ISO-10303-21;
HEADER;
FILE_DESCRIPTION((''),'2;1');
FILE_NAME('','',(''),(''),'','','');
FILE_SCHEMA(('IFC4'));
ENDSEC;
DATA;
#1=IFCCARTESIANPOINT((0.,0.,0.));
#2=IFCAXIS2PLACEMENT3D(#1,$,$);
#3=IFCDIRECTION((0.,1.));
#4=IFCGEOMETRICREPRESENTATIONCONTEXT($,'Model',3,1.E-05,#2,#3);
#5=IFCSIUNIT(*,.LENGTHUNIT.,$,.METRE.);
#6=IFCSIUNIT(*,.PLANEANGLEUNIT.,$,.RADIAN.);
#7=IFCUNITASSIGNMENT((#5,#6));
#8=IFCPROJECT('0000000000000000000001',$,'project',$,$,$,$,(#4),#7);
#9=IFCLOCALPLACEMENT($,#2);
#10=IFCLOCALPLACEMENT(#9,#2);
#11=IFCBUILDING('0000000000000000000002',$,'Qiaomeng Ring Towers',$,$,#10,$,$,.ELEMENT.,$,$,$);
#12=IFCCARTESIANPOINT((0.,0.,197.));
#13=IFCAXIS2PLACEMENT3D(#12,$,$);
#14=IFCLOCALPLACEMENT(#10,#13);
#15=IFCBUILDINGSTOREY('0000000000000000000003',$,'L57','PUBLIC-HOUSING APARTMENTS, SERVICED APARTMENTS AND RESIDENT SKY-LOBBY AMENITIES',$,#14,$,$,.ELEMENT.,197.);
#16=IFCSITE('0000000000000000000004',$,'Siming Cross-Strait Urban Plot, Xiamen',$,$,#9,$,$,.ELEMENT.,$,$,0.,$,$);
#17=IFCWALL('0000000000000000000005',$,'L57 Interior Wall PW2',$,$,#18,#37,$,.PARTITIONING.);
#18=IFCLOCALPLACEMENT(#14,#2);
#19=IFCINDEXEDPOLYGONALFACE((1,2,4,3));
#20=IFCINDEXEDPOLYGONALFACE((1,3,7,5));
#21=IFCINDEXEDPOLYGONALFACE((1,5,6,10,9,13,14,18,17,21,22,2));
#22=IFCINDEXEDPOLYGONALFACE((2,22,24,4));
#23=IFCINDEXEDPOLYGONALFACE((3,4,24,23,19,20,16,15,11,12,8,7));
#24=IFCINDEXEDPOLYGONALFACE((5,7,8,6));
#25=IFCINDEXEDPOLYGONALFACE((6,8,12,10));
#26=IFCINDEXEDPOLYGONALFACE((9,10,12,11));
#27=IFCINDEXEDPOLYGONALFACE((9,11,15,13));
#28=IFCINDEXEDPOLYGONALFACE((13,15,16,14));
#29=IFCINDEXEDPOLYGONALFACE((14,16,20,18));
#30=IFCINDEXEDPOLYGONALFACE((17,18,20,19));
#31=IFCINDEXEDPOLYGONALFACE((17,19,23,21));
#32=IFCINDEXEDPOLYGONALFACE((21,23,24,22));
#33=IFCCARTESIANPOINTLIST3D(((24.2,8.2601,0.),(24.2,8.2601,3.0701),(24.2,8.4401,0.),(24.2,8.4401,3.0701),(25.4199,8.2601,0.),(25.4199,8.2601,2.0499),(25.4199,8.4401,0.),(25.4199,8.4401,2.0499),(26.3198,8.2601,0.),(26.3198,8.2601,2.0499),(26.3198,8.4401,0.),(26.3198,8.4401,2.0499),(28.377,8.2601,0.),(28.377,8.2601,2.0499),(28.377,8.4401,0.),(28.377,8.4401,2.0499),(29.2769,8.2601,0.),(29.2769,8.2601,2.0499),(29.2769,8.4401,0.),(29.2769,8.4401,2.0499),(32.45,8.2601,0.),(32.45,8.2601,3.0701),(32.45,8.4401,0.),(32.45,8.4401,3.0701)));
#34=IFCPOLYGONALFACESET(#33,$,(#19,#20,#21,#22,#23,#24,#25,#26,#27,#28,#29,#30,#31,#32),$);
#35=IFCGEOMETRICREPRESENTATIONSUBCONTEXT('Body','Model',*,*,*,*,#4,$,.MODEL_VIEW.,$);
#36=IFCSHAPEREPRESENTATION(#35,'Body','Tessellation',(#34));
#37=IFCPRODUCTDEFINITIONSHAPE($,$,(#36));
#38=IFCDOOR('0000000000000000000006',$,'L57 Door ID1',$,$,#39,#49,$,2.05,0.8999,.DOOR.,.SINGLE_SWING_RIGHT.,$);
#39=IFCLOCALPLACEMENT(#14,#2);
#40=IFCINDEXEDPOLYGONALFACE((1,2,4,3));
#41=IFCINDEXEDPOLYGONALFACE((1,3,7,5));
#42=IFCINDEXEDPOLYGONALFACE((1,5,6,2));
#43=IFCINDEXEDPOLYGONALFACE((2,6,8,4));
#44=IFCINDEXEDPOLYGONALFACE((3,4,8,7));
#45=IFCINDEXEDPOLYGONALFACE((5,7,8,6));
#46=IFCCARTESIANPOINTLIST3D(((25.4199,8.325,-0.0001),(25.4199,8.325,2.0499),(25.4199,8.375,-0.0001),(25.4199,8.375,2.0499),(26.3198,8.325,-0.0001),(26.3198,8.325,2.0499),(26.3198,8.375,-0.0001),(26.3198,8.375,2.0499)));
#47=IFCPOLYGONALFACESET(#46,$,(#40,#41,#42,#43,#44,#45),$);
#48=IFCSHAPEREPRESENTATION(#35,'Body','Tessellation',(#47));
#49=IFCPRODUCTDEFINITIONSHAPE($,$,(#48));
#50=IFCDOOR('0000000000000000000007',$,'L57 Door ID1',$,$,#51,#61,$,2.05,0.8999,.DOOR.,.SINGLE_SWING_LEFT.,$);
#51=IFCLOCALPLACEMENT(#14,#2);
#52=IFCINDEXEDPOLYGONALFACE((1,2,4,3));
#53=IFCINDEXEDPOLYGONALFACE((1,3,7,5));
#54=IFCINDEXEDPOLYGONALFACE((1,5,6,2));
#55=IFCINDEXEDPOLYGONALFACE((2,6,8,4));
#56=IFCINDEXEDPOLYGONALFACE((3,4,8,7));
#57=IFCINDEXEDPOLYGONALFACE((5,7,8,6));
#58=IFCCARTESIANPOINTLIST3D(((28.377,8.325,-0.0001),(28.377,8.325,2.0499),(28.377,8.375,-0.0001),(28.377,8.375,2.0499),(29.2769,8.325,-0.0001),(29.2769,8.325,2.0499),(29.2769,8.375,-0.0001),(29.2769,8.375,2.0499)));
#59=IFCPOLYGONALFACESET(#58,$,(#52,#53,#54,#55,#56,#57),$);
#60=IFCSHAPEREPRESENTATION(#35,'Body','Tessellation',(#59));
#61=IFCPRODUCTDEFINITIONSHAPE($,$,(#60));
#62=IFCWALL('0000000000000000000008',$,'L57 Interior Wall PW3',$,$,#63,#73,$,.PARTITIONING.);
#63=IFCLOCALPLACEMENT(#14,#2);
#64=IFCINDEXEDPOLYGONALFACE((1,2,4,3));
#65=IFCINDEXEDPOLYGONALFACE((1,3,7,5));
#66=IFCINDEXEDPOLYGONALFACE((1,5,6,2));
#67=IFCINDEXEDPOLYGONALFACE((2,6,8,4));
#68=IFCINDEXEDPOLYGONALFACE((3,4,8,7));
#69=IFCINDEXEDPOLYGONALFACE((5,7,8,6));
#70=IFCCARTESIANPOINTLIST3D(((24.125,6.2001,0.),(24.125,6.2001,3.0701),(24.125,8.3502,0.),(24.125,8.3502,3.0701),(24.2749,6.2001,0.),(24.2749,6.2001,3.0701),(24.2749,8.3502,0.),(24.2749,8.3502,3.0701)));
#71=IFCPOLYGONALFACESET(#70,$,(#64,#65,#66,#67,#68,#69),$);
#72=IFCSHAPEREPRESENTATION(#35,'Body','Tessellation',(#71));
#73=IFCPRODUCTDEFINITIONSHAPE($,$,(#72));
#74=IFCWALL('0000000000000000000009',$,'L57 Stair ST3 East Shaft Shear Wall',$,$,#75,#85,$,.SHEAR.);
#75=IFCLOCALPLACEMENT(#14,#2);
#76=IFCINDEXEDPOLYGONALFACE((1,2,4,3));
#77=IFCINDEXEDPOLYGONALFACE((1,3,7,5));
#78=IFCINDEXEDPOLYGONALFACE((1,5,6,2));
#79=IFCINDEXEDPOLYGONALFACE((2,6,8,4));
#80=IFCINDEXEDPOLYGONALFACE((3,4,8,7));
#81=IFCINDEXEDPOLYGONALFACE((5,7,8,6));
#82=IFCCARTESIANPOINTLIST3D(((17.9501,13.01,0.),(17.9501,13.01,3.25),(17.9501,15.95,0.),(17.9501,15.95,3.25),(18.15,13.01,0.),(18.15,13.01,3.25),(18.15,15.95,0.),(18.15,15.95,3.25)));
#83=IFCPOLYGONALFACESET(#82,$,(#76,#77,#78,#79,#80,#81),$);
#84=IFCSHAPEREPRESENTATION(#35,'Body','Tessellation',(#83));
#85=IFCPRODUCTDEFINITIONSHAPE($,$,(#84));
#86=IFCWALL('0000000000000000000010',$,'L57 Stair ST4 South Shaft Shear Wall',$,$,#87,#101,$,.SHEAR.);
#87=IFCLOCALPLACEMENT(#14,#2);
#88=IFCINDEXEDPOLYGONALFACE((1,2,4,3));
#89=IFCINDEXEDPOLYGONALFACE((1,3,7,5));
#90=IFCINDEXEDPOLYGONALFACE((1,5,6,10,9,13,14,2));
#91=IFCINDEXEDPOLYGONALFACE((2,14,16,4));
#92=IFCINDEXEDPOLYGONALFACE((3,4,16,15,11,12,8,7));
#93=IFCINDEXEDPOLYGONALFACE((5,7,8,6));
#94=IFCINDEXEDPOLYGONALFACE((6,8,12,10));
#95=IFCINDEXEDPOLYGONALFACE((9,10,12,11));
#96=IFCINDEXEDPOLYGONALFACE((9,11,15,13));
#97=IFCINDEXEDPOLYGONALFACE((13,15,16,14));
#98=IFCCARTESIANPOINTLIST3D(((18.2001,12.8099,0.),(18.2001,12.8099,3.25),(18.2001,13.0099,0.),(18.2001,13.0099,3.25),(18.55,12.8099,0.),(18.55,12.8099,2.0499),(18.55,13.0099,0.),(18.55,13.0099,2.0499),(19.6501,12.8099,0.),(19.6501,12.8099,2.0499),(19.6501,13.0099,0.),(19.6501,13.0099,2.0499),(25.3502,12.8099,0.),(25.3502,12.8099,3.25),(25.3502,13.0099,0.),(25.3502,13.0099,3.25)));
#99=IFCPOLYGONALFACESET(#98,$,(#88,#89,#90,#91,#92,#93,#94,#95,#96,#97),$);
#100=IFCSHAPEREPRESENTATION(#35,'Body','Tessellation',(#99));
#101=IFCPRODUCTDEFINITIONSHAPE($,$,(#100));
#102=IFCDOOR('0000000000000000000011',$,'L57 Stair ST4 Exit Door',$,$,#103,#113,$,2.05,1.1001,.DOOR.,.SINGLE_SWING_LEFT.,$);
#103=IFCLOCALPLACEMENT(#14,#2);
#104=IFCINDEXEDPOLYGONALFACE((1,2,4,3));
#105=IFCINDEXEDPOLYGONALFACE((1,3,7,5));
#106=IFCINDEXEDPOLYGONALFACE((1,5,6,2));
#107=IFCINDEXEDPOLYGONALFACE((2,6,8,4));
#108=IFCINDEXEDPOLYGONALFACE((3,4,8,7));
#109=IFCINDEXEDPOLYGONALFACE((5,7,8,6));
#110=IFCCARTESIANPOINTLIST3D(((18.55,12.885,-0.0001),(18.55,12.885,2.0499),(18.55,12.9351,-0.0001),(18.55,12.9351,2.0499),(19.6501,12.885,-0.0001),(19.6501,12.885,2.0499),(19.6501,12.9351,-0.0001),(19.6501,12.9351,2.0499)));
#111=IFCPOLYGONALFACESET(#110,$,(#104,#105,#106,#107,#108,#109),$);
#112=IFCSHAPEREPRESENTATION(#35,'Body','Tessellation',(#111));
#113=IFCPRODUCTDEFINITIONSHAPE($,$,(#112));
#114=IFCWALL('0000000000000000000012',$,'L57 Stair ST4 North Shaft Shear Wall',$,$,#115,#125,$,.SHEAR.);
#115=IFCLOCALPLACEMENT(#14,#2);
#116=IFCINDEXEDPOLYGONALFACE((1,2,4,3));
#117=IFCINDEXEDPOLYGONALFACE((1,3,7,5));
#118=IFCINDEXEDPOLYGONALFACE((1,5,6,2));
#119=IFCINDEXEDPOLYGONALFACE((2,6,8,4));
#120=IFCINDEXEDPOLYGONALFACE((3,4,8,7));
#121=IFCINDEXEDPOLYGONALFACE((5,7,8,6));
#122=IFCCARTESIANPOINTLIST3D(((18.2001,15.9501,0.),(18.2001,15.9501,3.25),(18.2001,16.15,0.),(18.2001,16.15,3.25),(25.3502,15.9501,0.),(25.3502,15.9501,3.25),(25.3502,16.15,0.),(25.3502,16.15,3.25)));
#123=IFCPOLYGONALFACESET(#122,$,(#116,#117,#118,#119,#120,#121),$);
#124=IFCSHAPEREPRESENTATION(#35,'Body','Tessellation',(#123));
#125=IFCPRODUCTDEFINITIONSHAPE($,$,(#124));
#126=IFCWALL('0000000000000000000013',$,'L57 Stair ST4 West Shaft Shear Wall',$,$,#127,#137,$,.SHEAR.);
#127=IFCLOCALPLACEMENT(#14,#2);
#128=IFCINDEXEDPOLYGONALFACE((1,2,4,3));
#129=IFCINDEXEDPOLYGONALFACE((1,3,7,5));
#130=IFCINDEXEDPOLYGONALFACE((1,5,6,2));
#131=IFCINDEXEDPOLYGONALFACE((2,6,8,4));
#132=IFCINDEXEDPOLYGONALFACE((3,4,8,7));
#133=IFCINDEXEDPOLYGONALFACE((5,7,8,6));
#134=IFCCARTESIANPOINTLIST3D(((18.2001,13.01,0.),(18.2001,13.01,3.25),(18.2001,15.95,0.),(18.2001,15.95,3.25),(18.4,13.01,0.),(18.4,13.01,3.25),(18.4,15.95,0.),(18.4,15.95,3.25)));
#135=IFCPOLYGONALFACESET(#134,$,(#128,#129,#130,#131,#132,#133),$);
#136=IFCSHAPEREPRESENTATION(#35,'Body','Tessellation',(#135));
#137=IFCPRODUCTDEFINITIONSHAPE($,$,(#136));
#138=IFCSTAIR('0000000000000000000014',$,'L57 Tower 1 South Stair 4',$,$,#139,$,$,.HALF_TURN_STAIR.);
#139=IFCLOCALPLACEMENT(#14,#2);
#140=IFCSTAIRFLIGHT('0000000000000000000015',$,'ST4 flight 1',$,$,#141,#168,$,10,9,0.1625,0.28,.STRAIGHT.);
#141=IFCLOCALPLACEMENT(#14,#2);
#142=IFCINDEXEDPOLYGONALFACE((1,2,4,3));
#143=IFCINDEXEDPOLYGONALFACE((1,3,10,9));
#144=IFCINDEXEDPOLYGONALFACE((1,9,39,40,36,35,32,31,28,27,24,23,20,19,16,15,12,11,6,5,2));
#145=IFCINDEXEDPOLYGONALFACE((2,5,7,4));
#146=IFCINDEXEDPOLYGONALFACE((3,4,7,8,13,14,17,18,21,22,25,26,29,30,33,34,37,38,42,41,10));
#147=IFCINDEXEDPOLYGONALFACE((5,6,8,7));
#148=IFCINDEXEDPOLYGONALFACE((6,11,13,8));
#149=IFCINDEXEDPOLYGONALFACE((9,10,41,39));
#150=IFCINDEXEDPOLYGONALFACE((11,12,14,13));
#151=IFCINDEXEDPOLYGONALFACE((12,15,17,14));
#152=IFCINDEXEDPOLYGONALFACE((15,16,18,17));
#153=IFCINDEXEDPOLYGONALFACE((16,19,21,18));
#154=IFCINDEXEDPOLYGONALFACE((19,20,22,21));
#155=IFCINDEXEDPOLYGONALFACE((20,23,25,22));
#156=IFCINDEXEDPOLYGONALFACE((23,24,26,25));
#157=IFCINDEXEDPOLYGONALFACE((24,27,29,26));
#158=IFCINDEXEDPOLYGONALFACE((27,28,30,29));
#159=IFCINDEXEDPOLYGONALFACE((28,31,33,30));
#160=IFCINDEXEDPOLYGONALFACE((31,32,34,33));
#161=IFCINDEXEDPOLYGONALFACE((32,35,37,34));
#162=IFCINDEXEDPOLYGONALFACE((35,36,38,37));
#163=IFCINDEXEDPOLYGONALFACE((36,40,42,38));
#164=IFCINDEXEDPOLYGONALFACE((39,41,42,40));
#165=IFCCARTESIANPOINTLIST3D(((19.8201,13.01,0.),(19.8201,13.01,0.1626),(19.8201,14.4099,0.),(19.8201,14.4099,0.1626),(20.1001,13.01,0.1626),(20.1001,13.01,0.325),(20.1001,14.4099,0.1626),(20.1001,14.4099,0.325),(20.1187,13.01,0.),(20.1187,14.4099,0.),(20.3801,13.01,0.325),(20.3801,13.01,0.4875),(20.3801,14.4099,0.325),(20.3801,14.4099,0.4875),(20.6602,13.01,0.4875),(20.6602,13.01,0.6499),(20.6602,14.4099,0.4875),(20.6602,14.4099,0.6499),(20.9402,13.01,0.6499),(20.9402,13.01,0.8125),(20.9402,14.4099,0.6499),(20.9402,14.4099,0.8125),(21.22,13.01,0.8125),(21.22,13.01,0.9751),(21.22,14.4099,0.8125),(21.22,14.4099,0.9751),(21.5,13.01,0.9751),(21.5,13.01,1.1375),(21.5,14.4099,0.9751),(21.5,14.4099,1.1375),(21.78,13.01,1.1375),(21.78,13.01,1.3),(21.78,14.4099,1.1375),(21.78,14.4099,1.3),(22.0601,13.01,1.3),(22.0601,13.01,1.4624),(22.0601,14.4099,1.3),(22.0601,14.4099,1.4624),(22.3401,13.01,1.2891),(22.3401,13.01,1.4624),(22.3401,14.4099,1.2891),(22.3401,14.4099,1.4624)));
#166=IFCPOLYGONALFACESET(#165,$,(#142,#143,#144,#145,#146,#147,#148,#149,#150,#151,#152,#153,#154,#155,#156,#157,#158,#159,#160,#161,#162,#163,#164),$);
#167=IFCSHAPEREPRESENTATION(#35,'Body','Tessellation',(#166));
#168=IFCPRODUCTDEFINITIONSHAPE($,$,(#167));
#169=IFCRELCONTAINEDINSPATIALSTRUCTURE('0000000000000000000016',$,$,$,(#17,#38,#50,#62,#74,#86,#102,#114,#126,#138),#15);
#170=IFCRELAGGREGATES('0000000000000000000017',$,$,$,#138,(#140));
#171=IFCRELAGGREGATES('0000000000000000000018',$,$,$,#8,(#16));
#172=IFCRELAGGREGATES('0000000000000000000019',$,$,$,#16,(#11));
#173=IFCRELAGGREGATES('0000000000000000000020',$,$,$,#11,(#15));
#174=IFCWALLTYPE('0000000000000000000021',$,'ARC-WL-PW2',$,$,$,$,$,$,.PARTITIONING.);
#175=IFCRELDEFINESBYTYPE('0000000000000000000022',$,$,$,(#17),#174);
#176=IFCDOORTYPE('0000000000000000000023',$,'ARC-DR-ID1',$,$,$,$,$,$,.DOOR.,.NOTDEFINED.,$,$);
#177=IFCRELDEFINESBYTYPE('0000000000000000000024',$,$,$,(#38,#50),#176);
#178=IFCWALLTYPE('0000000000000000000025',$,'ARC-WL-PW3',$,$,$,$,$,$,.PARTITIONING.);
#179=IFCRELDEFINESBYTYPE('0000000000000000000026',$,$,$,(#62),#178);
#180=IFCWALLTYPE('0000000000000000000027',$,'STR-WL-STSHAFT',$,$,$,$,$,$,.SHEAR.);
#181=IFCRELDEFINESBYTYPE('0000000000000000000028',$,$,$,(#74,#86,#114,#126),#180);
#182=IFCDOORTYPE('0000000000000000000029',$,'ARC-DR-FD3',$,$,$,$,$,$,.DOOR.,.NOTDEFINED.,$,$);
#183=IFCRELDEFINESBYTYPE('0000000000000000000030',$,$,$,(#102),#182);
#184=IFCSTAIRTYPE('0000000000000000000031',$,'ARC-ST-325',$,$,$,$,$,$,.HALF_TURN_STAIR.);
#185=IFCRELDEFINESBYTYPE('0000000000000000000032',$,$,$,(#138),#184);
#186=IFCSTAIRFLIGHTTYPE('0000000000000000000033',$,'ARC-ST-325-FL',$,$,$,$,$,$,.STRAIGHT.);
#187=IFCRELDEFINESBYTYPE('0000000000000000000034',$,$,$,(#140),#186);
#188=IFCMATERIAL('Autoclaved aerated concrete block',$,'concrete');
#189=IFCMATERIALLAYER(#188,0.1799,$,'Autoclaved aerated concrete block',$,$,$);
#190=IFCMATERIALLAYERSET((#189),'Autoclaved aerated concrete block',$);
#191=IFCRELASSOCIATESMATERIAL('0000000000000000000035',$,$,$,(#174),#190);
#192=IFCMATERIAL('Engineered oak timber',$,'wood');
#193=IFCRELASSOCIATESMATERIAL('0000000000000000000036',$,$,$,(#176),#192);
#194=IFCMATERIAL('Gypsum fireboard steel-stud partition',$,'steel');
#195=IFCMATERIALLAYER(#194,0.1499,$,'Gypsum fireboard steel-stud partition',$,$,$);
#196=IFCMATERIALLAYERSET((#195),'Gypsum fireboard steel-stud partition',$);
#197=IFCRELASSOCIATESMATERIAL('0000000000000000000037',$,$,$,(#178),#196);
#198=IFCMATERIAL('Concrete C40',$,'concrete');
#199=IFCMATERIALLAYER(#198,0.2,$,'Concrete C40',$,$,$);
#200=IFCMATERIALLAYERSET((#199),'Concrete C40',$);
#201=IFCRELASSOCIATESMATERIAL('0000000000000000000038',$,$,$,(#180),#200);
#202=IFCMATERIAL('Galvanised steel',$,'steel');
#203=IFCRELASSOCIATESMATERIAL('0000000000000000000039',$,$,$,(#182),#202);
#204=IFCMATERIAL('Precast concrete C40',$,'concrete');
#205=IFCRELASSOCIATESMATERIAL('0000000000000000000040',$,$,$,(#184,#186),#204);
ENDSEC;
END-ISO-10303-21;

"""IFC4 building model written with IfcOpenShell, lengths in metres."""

from ifc_helpers import new_model, si_unit, direction, frame, frame_2d, origin, place, context, subcontext, project, spatial, polyline, rectangle, outline, extrude, source, transform, mapped, material, layer, layer_set, type_object, element, fill, aggregate, save


model = new_model("IFC4")

# Units and contexts
model_context = context("Model", 3, precision=1e-05, world=origin(), true_north=direction((0.0, 1.0)))
body_context = subcontext(model_context, "Body", "Model", "MODEL_VIEW")
ifc_project = project(units=[si_unit("LENGTHUNIT", "METRE"), si_unit("PLANEANGLEUNIT", "RADIAN")], contexts=[model_context])

# Site, building, storey
site_placement = place(None, origin())
site = spatial("IfcSite", under=ifc_project, at=site_placement, Name="Siming Cross-Strait Urban Plot, Xiamen", CompositionType="ELEMENT", RefElevation=0.0)
building_placement = place(site_placement, origin())
building = spatial("IfcBuilding", under=site, at=building_placement, Name="Qiaomeng Ring Towers", CompositionType="ELEMENT")
storey_placement = place(building_placement, frame((0.0, 0.0, 197.0)))
storey = spatial("IfcBuildingStorey", under=building, at=storey_placement, Name="L57", Description="PUBLIC-HOUSING APARTMENTS, SERVICED APARTMENTS AND RESIDENT SKY-LOBBY AMENITIES", CompositionType="ELEMENT", Elevation=197.0)

# Shared definitions
ifc_material_1 = material(Name="Autoclaved aerated concrete block", Category="concrete")

# Wall, openings, doors
ifc_layer_1 = layer(ifc_material_1, 0.1799, Name="Autoclaved aerated concrete block")
ifc_layer_set_1 = layer_set([ifc_layer_1], Name="Autoclaved aerated concrete block")
wall_type_1 = type_object("IfcWallType", Name="ARC-WL-PW2", PredefinedType="PARTITIONING", material=ifc_layer_set_1)
wall_1_placement = place(storey_placement, frame((24.2, 8.3501, 0.0), z_axis=(0.0, 0.0, 1.0), x_axis=(1.0, 0.0, 0.0)))
wall_1 = element("IfcWall", 1, at=wall_1_placement, inside=storey, type_object=wall_type_1, Name="L57 Interior Wall PW2", PredefinedType="PARTITIONING", context=body_context, shape_type="SweptSolid", body=[
    extrude(rectangle(XDim=8.25, YDim=0.1799, at=frame_2d((4.125, 0.0))), origin(), (0.0, 0.0, 1.0), 3.0701),
])
opening_1_placement = place(wall_1_placement, frame((1.22, 0.0, 0.0)))
opening_1 = element("IfcOpeningElement", 2, at=opening_1_placement, cuts=wall_1, PredefinedType="OPENING", context=body_context, shape_type="SweptSolid", body=[
    extrude(rectangle(XDim=0.8999, YDim=2.05, at=frame_2d((0.45, 1.0249))), frame((0.0, 0.0999, 0.0), z_axis=(0.0, -1.0, 0.0), x_axis=(1.0, 0.0, 0.0)), (0.0, 0.0, 1.0), 0.2),
])
opening_2_placement = place(wall_1_placement, frame((4.177, 0.0, 0.0)))
opening_2 = element("IfcOpeningElement", 3, at=opening_2_placement, cuts=wall_1, PredefinedType="OPENING", context=body_context, shape_type="SweptSolid", body=[
    extrude(rectangle(XDim=0.8999, YDim=2.05, at=frame_2d((0.45, 1.0249))), frame((0.0, 0.0999, 0.0), z_axis=(0.0, -1.0, 0.0), x_axis=(1.0, 0.0, 0.0)), (0.0, 0.0, 1.0), 0.2),
])
ifc_material_2 = material(Name="Engineered oak timber", Category="wood")
door_type_1 = type_object("IfcDoorType", Name="ARC-DR-ID1", OperationType="NOTDEFINED", PredefinedType="DOOR", material=ifc_material_2)
shared_shape_1 = source(origin(), body_context, "Body", "SweptSolid", [
    extrude(rectangle(XDim=0.8999, YDim=2.05, at=frame_2d((0.45, 1.0249))), frame((0.0, 0.0249, 0.0), z_axis=(0.0, -1.0, 0.0), x_axis=(1.0, 0.0, 0.0)), (0.0, 0.0, 1.0), 0.05),
])
door_1_placement = place(opening_1_placement, origin())
door_1 = element("IfcDoor", 4, at=door_1_placement, inside=storey, type_object=door_type_1, Name="L57 Door ID1", OperationType="SINGLE_SWING_RIGHT", OverallHeight=2.05, OverallWidth=0.8999, PredefinedType="DOOR", context=body_context, shape_type="MappedRepresentation", body=[
    mapped(shared_shape_1, transform((0.0, 0.0, 0.0), x_axis=(1.0, 0.0, 0.0), y_axis=(0.0, 1.0, 0.0), z_axis=(0.0, 0.0, 1.0), scale=1.0)),
])
fill(opening_1, door_1)
door_2_placement = place(opening_2_placement, origin())
door_2 = element("IfcDoor", 5, at=door_2_placement, inside=storey, type_object=door_type_1, Name="L57 Door ID1", OperationType="SINGLE_SWING_LEFT", OverallHeight=2.05, OverallWidth=0.8999, PredefinedType="DOOR", context=body_context, shape_type="MappedRepresentation", body=[
    mapped(shared_shape_1, transform((0.0, 0.0, 0.0), x_axis=(1.0, 0.0, 0.0), y_axis=(0.0, 1.0, 0.0), z_axis=(0.0, 0.0, 1.0), scale=1.0)),
])
fill(opening_2, door_2)

# Walls
ifc_material_3 = material(Name="Gypsum fireboard steel-stud partition", Category="steel")
ifc_layer_2 = layer(ifc_material_3, 0.1499, Name="Gypsum fireboard steel-stud partition")
ifc_layer_set_2 = layer_set([ifc_layer_2], Name="Gypsum fireboard steel-stud partition")
wall_type_2 = type_object("IfcWallType", Name="ARC-WL-PW3", PredefinedType="PARTITIONING", material=ifc_layer_set_2)
wall_2_placement = place(storey_placement, frame((24.2, 6.2, 0.0), z_axis=(0.0, 0.0, 1.0), x_axis=(0.0, 1.0, 0.0)))
element("IfcWall", 6, at=wall_2_placement, inside=storey, type_object=wall_type_2, Name="L57 Interior Wall PW3", PredefinedType="PARTITIONING", context=body_context, shape_type="SweptSolid", body=[
    extrude(rectangle(XDim=2.1501, YDim=0.1499, at=frame_2d((1.0752, 0.0))), origin(), (0.0, 0.0, 1.0), 3.0701),
])
ifc_material_4 = material(Name="Concrete C40", Category="concrete")
ifc_layer_3 = layer(ifc_material_4, 0.2, Name="Concrete C40")
ifc_layer_set_3 = layer_set([ifc_layer_3], Name="Concrete C40")
wall_type_3 = type_object("IfcWallType", Name="STR-WL-STSHAFT", PredefinedType="SHEAR", material=ifc_layer_set_3)
wall_3_placement = place(storey_placement, frame((18.05, 13.01, 0.0), z_axis=(0.0, 0.0, 1.0), x_axis=(0.0, 1.0, 0.0)))
element("IfcWall", 7, at=wall_3_placement, inside=storey, type_object=wall_type_3, Name="L57 Stair ST3 East Shaft Shear Wall", PredefinedType="SHEAR", context=body_context, shape_type="SweptSolid", body=[
    extrude(rectangle(XDim=2.9399, YDim=0.2, at=frame_2d((1.47, 0.0))), origin(), (0.0, 0.0, 1.0), 3.25),
])

# Wall, opening, door
wall_4_placement = place(storey_placement, frame((18.2, 12.9099, 0.0), z_axis=(0.0, 0.0, 1.0), x_axis=(1.0, 0.0, 0.0)))
wall_4 = element("IfcWall", 8, at=wall_4_placement, inside=storey, type_object=wall_type_3, Name="L57 Stair ST4 South Shaft Shear Wall", PredefinedType="SHEAR", context=body_context, shape_type="SweptSolid", body=[
    extrude(rectangle(XDim=7.1501, YDim=0.2, at=frame_2d((3.5752, 0.0))), origin(), (0.0, 0.0, 1.0), 3.25),
])
opening_3_placement = place(wall_4_placement, frame((0.3501, 0.0, 0.0)))
opening_3 = element("IfcOpeningElement", 9, at=opening_3_placement, cuts=wall_4, PredefinedType="OPENING", context=body_context, shape_type="SweptSolid", body=[
    extrude(rectangle(XDim=1.1001, YDim=2.05, at=frame_2d((0.55, 1.0249))), frame((0.0, 0.1099, 0.0), z_axis=(0.0, -1.0, 0.0), x_axis=(1.0, 0.0, 0.0)), (0.0, 0.0, 1.0), 0.22),
])
ifc_material_5 = material(Name="Galvanised steel", Category="steel")
door_type_2 = type_object("IfcDoorType", Name="ARC-DR-FD3", OperationType="NOTDEFINED", PredefinedType="DOOR", material=ifc_material_5)
shared_shape_2 = source(origin(), body_context, "Body", "SweptSolid", [
    extrude(rectangle(XDim=1.1001, YDim=2.05, at=frame_2d((0.55, 1.0249))), frame((0.0, 0.0249, 0.0), z_axis=(0.0, -1.0, 0.0), x_axis=(1.0, 0.0, 0.0)), (0.0, 0.0, 1.0), 0.05),
])
door_3_placement = place(opening_3_placement, frame((1.1001, 0.0, 0.0), z_axis=(0.0, 0.0, 1.0), x_axis=(-1.0, 0.0, 0.0)))
door_3 = element("IfcDoor", 10, at=door_3_placement, inside=storey, type_object=door_type_2, Name="L57 Stair ST4 Exit Door", OperationType="SINGLE_SWING_LEFT", OverallHeight=2.05, OverallWidth=1.1001, PredefinedType="DOOR", context=body_context, shape_type="MappedRepresentation", body=[
    mapped(shared_shape_2, transform((0.0, 0.0, 0.0), x_axis=(1.0, 0.0, 0.0), y_axis=(0.0, 1.0, 0.0), z_axis=(0.0, 0.0, 1.0), scale=1.0)),
])
fill(opening_3, door_3)

# Walls
wall_5_placement = place(storey_placement, frame((18.2, 16.05, 0.0), z_axis=(0.0, 0.0, 1.0), x_axis=(1.0, 0.0, 0.0)))
element("IfcWall", 11, at=wall_5_placement, inside=storey, type_object=wall_type_3, Name="L57 Stair ST4 North Shaft Shear Wall", PredefinedType="SHEAR", context=body_context, shape_type="SweptSolid", body=[
    extrude(rectangle(XDim=7.1501, YDim=0.2, at=frame_2d((3.5752, 0.0))), origin(), (0.0, 0.0, 1.0), 3.25),
])
wall_6_placement = place(storey_placement, frame((18.3, 13.01, 0.0), z_axis=(0.0, 0.0, 1.0), x_axis=(0.0, 1.0, 0.0)))
element("IfcWall", 12, at=wall_6_placement, inside=storey, type_object=wall_type_3, Name="L57 Stair ST4 West Shaft Shear Wall", PredefinedType="SHEAR", context=body_context, shape_type="SweptSolid", body=[
    extrude(rectangle(XDim=2.9399, YDim=0.2, at=frame_2d((1.47, 0.0))), origin(), (0.0, 0.0, 1.0), 3.25),
])

# Stair, stair flight
ifc_material_6 = material(Name="Precast concrete C40", Category="concrete")
stair_type = type_object("IfcStairType", Name="ARC-ST-325", PredefinedType="HALF_TURN_STAIR", material=ifc_material_6)
stair_placement = place(storey_placement, origin())
stair = element("IfcStair", 13, at=stair_placement, inside=storey, type_object=stair_type, Name="L57 Tower 1 South Stair 4", PredefinedType="HALF_TURN_STAIR")
stair_flight_type = type_object("IfcStairFlightType", Name="ARC-ST-325-FL", PredefinedType="STRAIGHT", material=ifc_material_6)
shared_shape_3 = source(origin(), body_context, "Body", "SweptSolid", [
    extrude(outline(polyline([(0.0, 0.0), (0.0, 0.1626), (0.28, 0.1626), (0.28, 0.325), (0.5601, 0.325), (0.5601, 0.4875), (0.8401, 0.4875), (0.8401, 0.6499), (1.1201, 0.6499), (1.1201, 0.8125), (1.3999, 0.8125), (1.3999, 0.9751), (1.6799, 0.9751), (1.6799, 1.1375), (1.96, 1.1375), (1.96, 1.3), (2.24, 1.3), (2.24, 1.4624), (2.52, 1.4624), (2.52, 1.625), (2.52, 1.2891), (0.2986, 0.0), (0.0, 0.0)])), frame((0.0, 0.7, 0.0), z_axis=(0.0, -1.0, 0.0), x_axis=(1.0, 0.0, 0.0)), (0.0, 0.0, 1.0), 1.3999),
])
stair_flight_1_placement = place(storey_placement, frame((19.8201, 13.71, 0.0), z_axis=(0.0, 0.0, 1.0), x_axis=(1.0, 0.0, 0.0)))
stair_flight_1 = element("IfcStairFlight", 14, at=stair_flight_1_placement, type_object=stair_flight_type, Name="ST4 flight 1", NumberOfRisers=10, NumberOfTreads=9, PredefinedType="STRAIGHT", RiserHeight=0.1625, TreadLength=0.28, context=body_context, shape_type="MappedRepresentation", body=[
    mapped(shared_shape_3, transform((0.0, 0.0, 0.0), x_axis=(1.0, 0.0, 0.0), y_axis=(0.0, 1.0, 0.0), z_axis=(0.0, 0.0, 1.0), scale=1.0)),
])
aggregate(stair, [stair_flight_1])

save(model, "model.ifc")
